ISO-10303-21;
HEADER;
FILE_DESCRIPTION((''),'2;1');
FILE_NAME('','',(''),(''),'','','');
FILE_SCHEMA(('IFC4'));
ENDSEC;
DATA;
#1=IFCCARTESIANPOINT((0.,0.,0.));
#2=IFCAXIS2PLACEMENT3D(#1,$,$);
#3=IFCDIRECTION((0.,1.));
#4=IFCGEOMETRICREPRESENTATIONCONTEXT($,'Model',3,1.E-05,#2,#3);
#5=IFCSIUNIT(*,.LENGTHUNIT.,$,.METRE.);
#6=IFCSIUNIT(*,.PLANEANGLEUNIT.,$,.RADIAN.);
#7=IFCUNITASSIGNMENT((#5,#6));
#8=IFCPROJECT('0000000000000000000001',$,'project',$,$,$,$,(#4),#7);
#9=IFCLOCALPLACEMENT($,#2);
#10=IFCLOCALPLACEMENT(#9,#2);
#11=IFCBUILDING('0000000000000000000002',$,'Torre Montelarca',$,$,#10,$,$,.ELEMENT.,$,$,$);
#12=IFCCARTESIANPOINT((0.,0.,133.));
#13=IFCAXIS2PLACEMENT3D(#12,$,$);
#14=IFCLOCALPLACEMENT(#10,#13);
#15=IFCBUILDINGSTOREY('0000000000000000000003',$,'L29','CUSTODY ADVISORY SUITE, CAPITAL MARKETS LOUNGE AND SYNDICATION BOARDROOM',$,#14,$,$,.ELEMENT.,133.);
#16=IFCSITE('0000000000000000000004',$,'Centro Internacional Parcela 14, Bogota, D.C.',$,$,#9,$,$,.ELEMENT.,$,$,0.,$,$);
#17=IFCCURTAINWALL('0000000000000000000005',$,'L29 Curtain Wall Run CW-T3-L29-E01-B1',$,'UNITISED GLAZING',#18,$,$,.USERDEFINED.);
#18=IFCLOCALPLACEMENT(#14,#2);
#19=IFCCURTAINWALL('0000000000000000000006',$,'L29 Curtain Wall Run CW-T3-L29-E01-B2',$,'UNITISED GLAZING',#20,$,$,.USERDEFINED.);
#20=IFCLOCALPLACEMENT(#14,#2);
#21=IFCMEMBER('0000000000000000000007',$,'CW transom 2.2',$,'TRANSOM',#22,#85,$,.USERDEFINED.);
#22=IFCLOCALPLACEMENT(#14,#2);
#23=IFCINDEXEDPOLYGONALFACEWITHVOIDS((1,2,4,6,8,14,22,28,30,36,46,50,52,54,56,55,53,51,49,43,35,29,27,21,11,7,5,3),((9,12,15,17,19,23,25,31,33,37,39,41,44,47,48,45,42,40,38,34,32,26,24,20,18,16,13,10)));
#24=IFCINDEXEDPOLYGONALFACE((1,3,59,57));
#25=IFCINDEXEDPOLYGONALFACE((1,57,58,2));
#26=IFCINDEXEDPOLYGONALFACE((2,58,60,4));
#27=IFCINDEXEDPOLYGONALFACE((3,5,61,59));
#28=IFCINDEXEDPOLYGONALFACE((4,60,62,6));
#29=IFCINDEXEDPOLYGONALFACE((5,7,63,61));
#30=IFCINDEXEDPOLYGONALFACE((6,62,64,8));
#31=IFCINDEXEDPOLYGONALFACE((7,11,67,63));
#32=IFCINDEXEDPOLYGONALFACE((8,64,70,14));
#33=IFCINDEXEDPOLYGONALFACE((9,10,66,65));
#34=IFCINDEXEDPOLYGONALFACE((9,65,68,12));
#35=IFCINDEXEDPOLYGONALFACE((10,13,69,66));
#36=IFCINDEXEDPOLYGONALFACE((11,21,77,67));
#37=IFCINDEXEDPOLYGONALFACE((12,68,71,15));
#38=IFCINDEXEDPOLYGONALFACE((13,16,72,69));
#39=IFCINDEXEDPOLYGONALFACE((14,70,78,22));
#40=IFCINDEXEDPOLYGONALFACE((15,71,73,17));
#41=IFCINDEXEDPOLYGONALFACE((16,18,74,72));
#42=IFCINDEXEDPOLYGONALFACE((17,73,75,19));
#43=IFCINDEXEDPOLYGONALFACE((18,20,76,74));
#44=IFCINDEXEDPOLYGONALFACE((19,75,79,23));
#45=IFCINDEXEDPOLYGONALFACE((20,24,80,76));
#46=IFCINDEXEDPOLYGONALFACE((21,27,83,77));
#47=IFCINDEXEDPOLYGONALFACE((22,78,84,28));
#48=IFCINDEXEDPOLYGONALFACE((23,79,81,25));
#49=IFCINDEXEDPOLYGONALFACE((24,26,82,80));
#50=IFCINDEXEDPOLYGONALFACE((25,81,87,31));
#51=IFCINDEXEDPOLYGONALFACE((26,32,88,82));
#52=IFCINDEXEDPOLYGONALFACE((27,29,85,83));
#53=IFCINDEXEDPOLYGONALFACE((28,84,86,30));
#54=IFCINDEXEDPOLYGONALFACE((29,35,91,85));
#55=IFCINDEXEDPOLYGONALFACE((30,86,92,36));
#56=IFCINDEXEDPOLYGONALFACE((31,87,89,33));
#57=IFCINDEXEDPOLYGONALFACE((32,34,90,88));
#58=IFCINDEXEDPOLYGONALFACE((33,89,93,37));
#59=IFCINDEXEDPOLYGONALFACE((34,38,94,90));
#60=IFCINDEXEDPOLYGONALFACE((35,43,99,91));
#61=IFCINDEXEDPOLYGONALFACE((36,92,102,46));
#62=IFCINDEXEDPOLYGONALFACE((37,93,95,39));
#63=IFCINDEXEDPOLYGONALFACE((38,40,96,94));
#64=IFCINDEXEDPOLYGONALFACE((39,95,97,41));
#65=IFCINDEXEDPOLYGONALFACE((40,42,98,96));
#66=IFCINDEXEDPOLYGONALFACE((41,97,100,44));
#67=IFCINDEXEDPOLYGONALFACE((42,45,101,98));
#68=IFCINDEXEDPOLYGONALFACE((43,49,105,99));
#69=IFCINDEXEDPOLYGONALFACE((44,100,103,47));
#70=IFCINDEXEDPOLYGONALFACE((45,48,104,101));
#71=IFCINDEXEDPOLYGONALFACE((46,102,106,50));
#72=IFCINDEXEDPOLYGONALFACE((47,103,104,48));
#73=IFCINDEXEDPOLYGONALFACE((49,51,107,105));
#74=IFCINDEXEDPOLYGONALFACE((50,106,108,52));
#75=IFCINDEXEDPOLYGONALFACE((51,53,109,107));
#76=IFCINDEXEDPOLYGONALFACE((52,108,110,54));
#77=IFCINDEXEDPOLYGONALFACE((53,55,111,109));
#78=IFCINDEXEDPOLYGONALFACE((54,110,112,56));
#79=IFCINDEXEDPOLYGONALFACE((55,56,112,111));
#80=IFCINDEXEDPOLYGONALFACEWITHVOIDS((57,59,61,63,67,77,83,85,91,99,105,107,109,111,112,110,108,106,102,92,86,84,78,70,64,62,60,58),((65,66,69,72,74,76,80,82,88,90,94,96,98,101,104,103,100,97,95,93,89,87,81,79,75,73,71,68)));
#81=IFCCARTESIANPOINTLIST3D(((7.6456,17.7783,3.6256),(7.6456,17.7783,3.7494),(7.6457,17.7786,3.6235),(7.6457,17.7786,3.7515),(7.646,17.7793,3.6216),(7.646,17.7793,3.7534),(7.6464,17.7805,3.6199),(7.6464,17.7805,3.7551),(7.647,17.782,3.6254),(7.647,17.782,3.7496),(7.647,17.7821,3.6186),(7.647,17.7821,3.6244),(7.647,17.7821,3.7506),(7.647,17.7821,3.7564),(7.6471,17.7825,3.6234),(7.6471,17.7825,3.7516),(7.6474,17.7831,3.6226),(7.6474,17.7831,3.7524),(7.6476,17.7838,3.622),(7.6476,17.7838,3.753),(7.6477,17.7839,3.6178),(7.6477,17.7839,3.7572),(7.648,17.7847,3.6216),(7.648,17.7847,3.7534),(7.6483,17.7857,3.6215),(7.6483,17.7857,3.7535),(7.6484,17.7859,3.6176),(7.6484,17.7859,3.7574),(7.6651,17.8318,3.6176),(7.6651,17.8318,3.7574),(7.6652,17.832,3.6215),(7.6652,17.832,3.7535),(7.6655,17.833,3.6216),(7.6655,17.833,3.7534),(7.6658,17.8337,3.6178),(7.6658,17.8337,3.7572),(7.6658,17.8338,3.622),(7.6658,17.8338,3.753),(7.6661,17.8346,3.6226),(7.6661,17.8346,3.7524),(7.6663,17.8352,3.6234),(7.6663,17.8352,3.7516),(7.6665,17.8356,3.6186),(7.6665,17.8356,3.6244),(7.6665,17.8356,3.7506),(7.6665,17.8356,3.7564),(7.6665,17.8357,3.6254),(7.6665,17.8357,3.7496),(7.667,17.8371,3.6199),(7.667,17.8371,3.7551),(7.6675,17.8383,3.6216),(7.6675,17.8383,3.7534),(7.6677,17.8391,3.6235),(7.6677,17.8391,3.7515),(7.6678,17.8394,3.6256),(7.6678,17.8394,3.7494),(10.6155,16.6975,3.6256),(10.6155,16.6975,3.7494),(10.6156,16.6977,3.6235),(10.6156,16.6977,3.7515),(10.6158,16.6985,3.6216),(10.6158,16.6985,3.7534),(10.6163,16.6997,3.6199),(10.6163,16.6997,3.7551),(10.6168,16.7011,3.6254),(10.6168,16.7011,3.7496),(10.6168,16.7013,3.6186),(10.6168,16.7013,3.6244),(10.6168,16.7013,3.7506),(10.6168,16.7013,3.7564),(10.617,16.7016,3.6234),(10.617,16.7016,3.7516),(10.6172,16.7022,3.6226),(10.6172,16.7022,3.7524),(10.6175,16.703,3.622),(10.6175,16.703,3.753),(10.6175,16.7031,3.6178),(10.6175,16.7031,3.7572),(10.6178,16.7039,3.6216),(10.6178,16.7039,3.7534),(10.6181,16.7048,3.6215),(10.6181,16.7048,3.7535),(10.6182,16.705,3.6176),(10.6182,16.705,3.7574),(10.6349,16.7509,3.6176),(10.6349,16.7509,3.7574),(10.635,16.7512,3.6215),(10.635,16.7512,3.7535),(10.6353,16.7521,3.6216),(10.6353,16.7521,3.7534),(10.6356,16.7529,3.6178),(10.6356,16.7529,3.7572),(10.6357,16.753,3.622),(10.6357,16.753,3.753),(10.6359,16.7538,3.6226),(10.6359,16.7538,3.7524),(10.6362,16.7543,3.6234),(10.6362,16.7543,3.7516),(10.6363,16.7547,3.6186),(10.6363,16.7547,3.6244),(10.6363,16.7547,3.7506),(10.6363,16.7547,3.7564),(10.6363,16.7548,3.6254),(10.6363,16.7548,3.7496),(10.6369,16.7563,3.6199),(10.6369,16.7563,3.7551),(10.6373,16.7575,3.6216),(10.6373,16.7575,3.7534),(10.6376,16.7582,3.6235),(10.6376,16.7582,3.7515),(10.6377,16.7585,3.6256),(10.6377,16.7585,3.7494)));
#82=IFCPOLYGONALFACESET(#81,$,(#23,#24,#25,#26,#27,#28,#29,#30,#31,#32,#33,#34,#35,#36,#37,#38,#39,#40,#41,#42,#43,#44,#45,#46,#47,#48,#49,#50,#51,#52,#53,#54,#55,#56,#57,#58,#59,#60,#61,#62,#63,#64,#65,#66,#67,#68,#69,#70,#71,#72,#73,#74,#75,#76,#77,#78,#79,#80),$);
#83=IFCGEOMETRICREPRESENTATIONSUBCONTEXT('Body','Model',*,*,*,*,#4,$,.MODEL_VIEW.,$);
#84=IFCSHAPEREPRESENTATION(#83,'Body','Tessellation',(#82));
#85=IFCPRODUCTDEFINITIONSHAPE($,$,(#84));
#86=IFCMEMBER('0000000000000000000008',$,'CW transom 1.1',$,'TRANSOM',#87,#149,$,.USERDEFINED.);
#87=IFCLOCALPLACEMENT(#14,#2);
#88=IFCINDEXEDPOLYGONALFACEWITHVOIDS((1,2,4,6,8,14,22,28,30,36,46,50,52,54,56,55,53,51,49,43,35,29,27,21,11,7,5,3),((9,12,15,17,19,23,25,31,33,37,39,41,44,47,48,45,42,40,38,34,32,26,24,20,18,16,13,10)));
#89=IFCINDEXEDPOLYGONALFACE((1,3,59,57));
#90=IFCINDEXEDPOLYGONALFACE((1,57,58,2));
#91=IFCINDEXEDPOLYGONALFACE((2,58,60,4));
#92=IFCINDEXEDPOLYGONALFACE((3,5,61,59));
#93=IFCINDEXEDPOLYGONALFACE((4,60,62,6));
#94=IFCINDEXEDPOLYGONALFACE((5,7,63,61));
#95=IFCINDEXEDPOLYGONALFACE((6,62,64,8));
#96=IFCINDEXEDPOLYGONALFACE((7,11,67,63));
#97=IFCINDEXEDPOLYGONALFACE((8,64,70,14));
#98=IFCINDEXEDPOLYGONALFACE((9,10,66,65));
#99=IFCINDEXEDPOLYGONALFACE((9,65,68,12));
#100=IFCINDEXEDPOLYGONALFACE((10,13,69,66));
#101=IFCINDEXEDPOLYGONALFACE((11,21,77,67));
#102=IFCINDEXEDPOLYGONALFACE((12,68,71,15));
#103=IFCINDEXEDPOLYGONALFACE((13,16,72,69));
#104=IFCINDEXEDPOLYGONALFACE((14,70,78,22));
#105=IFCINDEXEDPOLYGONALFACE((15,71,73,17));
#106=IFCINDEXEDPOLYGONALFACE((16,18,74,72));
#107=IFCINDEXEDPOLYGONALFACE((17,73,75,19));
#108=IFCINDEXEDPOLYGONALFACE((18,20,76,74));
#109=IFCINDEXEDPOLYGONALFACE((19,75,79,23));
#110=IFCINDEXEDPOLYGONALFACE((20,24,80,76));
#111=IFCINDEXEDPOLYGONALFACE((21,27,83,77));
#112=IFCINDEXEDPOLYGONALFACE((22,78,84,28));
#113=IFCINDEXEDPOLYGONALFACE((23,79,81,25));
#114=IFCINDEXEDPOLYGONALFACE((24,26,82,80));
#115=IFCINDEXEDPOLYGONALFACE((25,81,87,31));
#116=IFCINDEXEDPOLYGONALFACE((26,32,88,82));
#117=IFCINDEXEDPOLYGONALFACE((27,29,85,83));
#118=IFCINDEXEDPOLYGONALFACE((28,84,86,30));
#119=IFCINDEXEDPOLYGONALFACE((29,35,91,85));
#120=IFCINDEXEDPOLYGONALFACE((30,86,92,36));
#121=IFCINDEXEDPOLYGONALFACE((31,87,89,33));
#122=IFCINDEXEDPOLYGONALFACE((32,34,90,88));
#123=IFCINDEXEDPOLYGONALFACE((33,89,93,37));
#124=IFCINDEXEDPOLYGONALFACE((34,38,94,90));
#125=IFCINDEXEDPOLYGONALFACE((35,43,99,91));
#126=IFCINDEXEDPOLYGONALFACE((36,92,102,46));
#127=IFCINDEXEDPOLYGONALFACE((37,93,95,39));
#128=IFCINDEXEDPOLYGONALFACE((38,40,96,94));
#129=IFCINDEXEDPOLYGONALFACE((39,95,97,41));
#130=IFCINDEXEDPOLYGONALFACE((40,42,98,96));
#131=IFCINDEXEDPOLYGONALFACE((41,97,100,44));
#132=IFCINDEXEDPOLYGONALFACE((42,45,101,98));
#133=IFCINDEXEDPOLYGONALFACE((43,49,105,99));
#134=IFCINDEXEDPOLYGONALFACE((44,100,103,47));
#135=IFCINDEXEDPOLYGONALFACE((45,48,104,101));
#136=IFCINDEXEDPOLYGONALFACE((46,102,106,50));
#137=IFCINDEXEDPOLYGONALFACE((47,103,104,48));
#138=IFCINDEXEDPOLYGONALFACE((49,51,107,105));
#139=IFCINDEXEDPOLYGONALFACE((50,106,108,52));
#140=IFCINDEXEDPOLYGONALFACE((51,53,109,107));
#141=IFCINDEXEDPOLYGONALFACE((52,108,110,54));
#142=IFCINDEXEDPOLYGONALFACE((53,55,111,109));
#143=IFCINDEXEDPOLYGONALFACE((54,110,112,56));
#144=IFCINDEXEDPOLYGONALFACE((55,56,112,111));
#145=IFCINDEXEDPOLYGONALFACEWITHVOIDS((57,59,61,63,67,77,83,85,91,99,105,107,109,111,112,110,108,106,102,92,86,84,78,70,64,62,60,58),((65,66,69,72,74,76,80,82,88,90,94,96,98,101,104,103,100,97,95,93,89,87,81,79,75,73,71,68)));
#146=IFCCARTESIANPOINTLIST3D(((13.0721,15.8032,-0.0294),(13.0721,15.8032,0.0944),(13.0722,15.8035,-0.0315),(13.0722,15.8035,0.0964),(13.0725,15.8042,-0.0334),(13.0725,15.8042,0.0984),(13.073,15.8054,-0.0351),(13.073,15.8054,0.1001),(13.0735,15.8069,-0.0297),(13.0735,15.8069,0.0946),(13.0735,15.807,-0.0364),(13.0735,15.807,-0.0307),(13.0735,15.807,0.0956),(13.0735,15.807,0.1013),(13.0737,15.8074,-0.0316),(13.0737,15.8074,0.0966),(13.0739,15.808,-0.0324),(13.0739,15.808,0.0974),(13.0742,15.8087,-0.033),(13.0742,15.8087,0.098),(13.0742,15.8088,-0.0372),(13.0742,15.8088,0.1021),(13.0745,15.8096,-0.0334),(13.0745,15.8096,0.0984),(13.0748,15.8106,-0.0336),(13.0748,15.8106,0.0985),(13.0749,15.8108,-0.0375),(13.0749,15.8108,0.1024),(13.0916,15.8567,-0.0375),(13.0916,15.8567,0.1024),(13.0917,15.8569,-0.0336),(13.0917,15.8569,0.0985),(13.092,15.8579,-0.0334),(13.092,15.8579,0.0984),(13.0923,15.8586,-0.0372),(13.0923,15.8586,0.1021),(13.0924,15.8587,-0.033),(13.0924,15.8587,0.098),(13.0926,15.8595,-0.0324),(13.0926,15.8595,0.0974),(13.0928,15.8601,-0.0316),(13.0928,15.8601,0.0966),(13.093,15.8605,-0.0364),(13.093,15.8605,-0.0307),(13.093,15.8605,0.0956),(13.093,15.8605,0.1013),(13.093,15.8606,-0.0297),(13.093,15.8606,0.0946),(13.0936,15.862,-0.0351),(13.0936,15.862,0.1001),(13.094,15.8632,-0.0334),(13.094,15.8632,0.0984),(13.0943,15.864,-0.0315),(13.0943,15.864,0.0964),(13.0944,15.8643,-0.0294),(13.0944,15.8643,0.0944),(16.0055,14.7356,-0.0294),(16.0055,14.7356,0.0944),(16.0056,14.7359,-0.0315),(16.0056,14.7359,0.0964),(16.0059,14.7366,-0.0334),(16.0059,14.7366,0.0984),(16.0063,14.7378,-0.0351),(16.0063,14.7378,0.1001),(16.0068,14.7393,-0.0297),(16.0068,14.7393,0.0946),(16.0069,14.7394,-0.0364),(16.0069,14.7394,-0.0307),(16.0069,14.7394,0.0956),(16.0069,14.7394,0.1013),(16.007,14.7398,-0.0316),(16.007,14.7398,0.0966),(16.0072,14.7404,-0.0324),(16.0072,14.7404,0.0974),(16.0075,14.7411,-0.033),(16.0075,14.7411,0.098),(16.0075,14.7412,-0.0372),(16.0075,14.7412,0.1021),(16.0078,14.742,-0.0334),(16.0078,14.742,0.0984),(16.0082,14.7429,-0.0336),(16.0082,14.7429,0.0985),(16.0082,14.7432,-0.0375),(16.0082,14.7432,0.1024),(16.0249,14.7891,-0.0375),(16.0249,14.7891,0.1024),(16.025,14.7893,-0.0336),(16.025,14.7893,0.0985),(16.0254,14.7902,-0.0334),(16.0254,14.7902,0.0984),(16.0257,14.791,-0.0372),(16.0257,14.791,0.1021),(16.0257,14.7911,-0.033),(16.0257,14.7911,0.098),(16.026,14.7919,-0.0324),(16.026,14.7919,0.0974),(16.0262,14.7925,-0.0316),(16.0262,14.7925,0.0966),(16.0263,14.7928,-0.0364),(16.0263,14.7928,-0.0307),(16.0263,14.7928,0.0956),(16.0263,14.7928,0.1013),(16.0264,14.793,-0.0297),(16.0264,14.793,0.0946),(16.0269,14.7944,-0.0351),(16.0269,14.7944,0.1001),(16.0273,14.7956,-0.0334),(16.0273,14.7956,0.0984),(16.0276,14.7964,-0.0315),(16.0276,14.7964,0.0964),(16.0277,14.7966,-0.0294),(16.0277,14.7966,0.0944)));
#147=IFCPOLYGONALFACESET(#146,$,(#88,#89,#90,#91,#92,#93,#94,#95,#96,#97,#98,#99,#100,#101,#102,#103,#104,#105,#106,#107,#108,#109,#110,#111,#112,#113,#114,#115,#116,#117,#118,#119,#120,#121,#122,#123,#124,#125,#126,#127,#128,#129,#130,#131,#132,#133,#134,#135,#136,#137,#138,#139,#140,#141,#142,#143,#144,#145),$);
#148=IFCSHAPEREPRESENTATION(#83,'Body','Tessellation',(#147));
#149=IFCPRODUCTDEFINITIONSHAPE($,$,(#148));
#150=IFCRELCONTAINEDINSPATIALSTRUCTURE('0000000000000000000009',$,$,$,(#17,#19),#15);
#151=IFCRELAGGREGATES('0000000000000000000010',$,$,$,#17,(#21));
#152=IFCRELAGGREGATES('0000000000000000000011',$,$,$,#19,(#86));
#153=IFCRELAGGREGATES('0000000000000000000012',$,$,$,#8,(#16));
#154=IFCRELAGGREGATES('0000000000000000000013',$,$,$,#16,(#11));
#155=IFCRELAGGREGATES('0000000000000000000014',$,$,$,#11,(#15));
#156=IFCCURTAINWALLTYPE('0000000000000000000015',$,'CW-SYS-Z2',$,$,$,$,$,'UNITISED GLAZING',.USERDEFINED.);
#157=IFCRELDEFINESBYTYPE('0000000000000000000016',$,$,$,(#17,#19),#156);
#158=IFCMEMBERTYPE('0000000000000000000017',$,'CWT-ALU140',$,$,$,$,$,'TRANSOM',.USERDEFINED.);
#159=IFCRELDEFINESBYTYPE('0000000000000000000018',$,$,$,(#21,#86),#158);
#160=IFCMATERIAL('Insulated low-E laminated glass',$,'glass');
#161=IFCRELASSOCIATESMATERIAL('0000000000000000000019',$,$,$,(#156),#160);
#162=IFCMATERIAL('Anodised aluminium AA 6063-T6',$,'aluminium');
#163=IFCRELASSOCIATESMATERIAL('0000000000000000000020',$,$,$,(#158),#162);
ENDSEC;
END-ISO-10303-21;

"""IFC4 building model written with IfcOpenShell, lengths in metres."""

from ifc_helpers import new_model, si_unit, direction, frame, origin, origin_2d, place, context, subcontext, project, spatial, hollow_rectangle, extrude, source, transform, mapped, material, material_profile, profile_set, type_object, element, aggregate, save


model = new_model("IFC4")

# Units and contexts
model_context = context("Model", 3, precision=1e-05, world=origin(), true_north=direction((0.0, 1.0)))
body_context = subcontext(model_context, "Body", "Model", "MODEL_VIEW")
ifc_project = project(units=[si_unit("LENGTHUNIT", "METRE"), si_unit("PLANEANGLEUNIT", "RADIAN")], contexts=[model_context])

# Site, building, storey
site_placement = place(None, origin())
site = spatial("IfcSite", under=ifc_project, at=site_placement, Name="Centro Internacional Parcela 14, Bogota, D.C.", CompositionType="ELEMENT", RefElevation=0.0)
building_placement = place(site_placement, origin())
building = spatial("IfcBuilding", under=site, at=building_placement, Name="Torre Montelarca", CompositionType="ELEMENT")
storey_placement = place(building_placement, frame((0.0, 0.0, 133.0)))
storey = spatial("IfcBuildingStorey", under=building, at=storey_placement, Name="L29", Description="CUSTODY ADVISORY SUITE, CAPITAL MARKETS LOUNGE AND SYNDICATION BOARDROOM", CompositionType="ELEMENT", Elevation=133.0)

# Curtain walls
ifc_material_1 = material(Name="Insulated low-E laminated glass", Category="glass")
curtain_wall_type = type_object("IfcCurtainWallType", Name="CW-SYS-Z2", ElementType="UNITISED GLAZING", PredefinedType="USERDEFINED", material=ifc_material_1)
curtain_wall_1_placement = place(storey_placement, origin())
curtain_wall_1 = element("IfcCurtainWall", 1, at=curtain_wall_1_placement, inside=storey, type_object=curtain_wall_type, Name="L29 Curtain Wall Run CW-T3-L29-E01-B1", ObjectType="UNITISED GLAZING", PredefinedType="USERDEFINED")
ifc_material_2 = material(Name="Anodised aluminium AA 6063-T6", Category="aluminium")
curtain_wall_2_placement = place(storey_placement, origin())
curtain_wall_2 = element("IfcCurtainWall", 2, at=curtain_wall_2_placement, inside=storey, type_object=curtain_wall_type, Name="L29 Curtain Wall Run CW-T3-L29-E01-B2", ObjectType="UNITISED GLAZING", PredefinedType="USERDEFINED")
ifc_material_profile_1 = material_profile(ifc_material_2, hollow_rectangle(XDim=0.0649, YDim=0.1399, WallThickness=0.0039, InnerFilletRadius=0.0039, OuterFilletRadius=0.0081, at=origin_2d()), Name="ALU65X140X4", Category="aluminium")
ifc_profile_set_1 = profile_set([ifc_material_profile_1], Name="Anodised aluminium AA 6063-T6")
member_type_1 = type_object("IfcMemberType", Name="CWT-ALU140", ElementType="TRANSOM", PredefinedType="USERDEFINED", material=ifc_profile_set_1)

# Members
shared_shape_1 = source(origin(), body_context, "Body", "SweptSolid", [
    extrude(hollow_rectangle(XDim=0.0649, YDim=0.1399, WallThickness=0.0039, InnerFilletRadius=0.0039, OuterFilletRadius=0.0081, at=origin_2d()), origin(), (0.0, 0.0, 1.0), 3.1604),
])
member_1_placement = place(storey_placement, frame((7.6567, 17.8088, 3.6875), z_axis=(0.939701, -0.341997, 0.0), x_axis=(0.341997, 0.939701, 0.0)))
member_1 = element("IfcMember", 3, at=member_1_placement, type_object=member_type_1, Name="CW transom 2.2", ObjectType="TRANSOM", PredefinedType="USERDEFINED", context=body_context, shape_type="MappedRepresentation", body=[
    mapped(shared_shape_1, transform((0.0, 0.0, 0.0), scale=1.0)),
])
shared_shape_2 = source(origin(), body_context, "Body", "SweptSolid", [
    extrude(hollow_rectangle(XDim=0.0649, YDim=0.1399, WallThickness=0.0039, InnerFilletRadius=0.0039, OuterFilletRadius=0.0081, at=origin_2d()), origin(), (0.0, 0.0, 1.0), 3.1216),
])
member_2_placement = place(storey_placement, frame((13.0833, 15.8337, 0.0325), z_axis=(0.939695, -0.342013, 0.0), x_axis=(0.342013, 0.939695, 0.0)))
member_2 = element("IfcMember", 4, at=member_2_placement, type_object=member_type_1, Name="CW transom 1.1", ObjectType="TRANSOM", PredefinedType="USERDEFINED", context=body_context, shape_type="MappedRepresentation", body=[
    mapped(shared_shape_2, transform((0.0, 0.0, 0.0), scale=1.0)),
])

aggregate(curtain_wall_1, [member_1])
aggregate(curtain_wall_2, [member_2])

save(model, "model.ifc")
